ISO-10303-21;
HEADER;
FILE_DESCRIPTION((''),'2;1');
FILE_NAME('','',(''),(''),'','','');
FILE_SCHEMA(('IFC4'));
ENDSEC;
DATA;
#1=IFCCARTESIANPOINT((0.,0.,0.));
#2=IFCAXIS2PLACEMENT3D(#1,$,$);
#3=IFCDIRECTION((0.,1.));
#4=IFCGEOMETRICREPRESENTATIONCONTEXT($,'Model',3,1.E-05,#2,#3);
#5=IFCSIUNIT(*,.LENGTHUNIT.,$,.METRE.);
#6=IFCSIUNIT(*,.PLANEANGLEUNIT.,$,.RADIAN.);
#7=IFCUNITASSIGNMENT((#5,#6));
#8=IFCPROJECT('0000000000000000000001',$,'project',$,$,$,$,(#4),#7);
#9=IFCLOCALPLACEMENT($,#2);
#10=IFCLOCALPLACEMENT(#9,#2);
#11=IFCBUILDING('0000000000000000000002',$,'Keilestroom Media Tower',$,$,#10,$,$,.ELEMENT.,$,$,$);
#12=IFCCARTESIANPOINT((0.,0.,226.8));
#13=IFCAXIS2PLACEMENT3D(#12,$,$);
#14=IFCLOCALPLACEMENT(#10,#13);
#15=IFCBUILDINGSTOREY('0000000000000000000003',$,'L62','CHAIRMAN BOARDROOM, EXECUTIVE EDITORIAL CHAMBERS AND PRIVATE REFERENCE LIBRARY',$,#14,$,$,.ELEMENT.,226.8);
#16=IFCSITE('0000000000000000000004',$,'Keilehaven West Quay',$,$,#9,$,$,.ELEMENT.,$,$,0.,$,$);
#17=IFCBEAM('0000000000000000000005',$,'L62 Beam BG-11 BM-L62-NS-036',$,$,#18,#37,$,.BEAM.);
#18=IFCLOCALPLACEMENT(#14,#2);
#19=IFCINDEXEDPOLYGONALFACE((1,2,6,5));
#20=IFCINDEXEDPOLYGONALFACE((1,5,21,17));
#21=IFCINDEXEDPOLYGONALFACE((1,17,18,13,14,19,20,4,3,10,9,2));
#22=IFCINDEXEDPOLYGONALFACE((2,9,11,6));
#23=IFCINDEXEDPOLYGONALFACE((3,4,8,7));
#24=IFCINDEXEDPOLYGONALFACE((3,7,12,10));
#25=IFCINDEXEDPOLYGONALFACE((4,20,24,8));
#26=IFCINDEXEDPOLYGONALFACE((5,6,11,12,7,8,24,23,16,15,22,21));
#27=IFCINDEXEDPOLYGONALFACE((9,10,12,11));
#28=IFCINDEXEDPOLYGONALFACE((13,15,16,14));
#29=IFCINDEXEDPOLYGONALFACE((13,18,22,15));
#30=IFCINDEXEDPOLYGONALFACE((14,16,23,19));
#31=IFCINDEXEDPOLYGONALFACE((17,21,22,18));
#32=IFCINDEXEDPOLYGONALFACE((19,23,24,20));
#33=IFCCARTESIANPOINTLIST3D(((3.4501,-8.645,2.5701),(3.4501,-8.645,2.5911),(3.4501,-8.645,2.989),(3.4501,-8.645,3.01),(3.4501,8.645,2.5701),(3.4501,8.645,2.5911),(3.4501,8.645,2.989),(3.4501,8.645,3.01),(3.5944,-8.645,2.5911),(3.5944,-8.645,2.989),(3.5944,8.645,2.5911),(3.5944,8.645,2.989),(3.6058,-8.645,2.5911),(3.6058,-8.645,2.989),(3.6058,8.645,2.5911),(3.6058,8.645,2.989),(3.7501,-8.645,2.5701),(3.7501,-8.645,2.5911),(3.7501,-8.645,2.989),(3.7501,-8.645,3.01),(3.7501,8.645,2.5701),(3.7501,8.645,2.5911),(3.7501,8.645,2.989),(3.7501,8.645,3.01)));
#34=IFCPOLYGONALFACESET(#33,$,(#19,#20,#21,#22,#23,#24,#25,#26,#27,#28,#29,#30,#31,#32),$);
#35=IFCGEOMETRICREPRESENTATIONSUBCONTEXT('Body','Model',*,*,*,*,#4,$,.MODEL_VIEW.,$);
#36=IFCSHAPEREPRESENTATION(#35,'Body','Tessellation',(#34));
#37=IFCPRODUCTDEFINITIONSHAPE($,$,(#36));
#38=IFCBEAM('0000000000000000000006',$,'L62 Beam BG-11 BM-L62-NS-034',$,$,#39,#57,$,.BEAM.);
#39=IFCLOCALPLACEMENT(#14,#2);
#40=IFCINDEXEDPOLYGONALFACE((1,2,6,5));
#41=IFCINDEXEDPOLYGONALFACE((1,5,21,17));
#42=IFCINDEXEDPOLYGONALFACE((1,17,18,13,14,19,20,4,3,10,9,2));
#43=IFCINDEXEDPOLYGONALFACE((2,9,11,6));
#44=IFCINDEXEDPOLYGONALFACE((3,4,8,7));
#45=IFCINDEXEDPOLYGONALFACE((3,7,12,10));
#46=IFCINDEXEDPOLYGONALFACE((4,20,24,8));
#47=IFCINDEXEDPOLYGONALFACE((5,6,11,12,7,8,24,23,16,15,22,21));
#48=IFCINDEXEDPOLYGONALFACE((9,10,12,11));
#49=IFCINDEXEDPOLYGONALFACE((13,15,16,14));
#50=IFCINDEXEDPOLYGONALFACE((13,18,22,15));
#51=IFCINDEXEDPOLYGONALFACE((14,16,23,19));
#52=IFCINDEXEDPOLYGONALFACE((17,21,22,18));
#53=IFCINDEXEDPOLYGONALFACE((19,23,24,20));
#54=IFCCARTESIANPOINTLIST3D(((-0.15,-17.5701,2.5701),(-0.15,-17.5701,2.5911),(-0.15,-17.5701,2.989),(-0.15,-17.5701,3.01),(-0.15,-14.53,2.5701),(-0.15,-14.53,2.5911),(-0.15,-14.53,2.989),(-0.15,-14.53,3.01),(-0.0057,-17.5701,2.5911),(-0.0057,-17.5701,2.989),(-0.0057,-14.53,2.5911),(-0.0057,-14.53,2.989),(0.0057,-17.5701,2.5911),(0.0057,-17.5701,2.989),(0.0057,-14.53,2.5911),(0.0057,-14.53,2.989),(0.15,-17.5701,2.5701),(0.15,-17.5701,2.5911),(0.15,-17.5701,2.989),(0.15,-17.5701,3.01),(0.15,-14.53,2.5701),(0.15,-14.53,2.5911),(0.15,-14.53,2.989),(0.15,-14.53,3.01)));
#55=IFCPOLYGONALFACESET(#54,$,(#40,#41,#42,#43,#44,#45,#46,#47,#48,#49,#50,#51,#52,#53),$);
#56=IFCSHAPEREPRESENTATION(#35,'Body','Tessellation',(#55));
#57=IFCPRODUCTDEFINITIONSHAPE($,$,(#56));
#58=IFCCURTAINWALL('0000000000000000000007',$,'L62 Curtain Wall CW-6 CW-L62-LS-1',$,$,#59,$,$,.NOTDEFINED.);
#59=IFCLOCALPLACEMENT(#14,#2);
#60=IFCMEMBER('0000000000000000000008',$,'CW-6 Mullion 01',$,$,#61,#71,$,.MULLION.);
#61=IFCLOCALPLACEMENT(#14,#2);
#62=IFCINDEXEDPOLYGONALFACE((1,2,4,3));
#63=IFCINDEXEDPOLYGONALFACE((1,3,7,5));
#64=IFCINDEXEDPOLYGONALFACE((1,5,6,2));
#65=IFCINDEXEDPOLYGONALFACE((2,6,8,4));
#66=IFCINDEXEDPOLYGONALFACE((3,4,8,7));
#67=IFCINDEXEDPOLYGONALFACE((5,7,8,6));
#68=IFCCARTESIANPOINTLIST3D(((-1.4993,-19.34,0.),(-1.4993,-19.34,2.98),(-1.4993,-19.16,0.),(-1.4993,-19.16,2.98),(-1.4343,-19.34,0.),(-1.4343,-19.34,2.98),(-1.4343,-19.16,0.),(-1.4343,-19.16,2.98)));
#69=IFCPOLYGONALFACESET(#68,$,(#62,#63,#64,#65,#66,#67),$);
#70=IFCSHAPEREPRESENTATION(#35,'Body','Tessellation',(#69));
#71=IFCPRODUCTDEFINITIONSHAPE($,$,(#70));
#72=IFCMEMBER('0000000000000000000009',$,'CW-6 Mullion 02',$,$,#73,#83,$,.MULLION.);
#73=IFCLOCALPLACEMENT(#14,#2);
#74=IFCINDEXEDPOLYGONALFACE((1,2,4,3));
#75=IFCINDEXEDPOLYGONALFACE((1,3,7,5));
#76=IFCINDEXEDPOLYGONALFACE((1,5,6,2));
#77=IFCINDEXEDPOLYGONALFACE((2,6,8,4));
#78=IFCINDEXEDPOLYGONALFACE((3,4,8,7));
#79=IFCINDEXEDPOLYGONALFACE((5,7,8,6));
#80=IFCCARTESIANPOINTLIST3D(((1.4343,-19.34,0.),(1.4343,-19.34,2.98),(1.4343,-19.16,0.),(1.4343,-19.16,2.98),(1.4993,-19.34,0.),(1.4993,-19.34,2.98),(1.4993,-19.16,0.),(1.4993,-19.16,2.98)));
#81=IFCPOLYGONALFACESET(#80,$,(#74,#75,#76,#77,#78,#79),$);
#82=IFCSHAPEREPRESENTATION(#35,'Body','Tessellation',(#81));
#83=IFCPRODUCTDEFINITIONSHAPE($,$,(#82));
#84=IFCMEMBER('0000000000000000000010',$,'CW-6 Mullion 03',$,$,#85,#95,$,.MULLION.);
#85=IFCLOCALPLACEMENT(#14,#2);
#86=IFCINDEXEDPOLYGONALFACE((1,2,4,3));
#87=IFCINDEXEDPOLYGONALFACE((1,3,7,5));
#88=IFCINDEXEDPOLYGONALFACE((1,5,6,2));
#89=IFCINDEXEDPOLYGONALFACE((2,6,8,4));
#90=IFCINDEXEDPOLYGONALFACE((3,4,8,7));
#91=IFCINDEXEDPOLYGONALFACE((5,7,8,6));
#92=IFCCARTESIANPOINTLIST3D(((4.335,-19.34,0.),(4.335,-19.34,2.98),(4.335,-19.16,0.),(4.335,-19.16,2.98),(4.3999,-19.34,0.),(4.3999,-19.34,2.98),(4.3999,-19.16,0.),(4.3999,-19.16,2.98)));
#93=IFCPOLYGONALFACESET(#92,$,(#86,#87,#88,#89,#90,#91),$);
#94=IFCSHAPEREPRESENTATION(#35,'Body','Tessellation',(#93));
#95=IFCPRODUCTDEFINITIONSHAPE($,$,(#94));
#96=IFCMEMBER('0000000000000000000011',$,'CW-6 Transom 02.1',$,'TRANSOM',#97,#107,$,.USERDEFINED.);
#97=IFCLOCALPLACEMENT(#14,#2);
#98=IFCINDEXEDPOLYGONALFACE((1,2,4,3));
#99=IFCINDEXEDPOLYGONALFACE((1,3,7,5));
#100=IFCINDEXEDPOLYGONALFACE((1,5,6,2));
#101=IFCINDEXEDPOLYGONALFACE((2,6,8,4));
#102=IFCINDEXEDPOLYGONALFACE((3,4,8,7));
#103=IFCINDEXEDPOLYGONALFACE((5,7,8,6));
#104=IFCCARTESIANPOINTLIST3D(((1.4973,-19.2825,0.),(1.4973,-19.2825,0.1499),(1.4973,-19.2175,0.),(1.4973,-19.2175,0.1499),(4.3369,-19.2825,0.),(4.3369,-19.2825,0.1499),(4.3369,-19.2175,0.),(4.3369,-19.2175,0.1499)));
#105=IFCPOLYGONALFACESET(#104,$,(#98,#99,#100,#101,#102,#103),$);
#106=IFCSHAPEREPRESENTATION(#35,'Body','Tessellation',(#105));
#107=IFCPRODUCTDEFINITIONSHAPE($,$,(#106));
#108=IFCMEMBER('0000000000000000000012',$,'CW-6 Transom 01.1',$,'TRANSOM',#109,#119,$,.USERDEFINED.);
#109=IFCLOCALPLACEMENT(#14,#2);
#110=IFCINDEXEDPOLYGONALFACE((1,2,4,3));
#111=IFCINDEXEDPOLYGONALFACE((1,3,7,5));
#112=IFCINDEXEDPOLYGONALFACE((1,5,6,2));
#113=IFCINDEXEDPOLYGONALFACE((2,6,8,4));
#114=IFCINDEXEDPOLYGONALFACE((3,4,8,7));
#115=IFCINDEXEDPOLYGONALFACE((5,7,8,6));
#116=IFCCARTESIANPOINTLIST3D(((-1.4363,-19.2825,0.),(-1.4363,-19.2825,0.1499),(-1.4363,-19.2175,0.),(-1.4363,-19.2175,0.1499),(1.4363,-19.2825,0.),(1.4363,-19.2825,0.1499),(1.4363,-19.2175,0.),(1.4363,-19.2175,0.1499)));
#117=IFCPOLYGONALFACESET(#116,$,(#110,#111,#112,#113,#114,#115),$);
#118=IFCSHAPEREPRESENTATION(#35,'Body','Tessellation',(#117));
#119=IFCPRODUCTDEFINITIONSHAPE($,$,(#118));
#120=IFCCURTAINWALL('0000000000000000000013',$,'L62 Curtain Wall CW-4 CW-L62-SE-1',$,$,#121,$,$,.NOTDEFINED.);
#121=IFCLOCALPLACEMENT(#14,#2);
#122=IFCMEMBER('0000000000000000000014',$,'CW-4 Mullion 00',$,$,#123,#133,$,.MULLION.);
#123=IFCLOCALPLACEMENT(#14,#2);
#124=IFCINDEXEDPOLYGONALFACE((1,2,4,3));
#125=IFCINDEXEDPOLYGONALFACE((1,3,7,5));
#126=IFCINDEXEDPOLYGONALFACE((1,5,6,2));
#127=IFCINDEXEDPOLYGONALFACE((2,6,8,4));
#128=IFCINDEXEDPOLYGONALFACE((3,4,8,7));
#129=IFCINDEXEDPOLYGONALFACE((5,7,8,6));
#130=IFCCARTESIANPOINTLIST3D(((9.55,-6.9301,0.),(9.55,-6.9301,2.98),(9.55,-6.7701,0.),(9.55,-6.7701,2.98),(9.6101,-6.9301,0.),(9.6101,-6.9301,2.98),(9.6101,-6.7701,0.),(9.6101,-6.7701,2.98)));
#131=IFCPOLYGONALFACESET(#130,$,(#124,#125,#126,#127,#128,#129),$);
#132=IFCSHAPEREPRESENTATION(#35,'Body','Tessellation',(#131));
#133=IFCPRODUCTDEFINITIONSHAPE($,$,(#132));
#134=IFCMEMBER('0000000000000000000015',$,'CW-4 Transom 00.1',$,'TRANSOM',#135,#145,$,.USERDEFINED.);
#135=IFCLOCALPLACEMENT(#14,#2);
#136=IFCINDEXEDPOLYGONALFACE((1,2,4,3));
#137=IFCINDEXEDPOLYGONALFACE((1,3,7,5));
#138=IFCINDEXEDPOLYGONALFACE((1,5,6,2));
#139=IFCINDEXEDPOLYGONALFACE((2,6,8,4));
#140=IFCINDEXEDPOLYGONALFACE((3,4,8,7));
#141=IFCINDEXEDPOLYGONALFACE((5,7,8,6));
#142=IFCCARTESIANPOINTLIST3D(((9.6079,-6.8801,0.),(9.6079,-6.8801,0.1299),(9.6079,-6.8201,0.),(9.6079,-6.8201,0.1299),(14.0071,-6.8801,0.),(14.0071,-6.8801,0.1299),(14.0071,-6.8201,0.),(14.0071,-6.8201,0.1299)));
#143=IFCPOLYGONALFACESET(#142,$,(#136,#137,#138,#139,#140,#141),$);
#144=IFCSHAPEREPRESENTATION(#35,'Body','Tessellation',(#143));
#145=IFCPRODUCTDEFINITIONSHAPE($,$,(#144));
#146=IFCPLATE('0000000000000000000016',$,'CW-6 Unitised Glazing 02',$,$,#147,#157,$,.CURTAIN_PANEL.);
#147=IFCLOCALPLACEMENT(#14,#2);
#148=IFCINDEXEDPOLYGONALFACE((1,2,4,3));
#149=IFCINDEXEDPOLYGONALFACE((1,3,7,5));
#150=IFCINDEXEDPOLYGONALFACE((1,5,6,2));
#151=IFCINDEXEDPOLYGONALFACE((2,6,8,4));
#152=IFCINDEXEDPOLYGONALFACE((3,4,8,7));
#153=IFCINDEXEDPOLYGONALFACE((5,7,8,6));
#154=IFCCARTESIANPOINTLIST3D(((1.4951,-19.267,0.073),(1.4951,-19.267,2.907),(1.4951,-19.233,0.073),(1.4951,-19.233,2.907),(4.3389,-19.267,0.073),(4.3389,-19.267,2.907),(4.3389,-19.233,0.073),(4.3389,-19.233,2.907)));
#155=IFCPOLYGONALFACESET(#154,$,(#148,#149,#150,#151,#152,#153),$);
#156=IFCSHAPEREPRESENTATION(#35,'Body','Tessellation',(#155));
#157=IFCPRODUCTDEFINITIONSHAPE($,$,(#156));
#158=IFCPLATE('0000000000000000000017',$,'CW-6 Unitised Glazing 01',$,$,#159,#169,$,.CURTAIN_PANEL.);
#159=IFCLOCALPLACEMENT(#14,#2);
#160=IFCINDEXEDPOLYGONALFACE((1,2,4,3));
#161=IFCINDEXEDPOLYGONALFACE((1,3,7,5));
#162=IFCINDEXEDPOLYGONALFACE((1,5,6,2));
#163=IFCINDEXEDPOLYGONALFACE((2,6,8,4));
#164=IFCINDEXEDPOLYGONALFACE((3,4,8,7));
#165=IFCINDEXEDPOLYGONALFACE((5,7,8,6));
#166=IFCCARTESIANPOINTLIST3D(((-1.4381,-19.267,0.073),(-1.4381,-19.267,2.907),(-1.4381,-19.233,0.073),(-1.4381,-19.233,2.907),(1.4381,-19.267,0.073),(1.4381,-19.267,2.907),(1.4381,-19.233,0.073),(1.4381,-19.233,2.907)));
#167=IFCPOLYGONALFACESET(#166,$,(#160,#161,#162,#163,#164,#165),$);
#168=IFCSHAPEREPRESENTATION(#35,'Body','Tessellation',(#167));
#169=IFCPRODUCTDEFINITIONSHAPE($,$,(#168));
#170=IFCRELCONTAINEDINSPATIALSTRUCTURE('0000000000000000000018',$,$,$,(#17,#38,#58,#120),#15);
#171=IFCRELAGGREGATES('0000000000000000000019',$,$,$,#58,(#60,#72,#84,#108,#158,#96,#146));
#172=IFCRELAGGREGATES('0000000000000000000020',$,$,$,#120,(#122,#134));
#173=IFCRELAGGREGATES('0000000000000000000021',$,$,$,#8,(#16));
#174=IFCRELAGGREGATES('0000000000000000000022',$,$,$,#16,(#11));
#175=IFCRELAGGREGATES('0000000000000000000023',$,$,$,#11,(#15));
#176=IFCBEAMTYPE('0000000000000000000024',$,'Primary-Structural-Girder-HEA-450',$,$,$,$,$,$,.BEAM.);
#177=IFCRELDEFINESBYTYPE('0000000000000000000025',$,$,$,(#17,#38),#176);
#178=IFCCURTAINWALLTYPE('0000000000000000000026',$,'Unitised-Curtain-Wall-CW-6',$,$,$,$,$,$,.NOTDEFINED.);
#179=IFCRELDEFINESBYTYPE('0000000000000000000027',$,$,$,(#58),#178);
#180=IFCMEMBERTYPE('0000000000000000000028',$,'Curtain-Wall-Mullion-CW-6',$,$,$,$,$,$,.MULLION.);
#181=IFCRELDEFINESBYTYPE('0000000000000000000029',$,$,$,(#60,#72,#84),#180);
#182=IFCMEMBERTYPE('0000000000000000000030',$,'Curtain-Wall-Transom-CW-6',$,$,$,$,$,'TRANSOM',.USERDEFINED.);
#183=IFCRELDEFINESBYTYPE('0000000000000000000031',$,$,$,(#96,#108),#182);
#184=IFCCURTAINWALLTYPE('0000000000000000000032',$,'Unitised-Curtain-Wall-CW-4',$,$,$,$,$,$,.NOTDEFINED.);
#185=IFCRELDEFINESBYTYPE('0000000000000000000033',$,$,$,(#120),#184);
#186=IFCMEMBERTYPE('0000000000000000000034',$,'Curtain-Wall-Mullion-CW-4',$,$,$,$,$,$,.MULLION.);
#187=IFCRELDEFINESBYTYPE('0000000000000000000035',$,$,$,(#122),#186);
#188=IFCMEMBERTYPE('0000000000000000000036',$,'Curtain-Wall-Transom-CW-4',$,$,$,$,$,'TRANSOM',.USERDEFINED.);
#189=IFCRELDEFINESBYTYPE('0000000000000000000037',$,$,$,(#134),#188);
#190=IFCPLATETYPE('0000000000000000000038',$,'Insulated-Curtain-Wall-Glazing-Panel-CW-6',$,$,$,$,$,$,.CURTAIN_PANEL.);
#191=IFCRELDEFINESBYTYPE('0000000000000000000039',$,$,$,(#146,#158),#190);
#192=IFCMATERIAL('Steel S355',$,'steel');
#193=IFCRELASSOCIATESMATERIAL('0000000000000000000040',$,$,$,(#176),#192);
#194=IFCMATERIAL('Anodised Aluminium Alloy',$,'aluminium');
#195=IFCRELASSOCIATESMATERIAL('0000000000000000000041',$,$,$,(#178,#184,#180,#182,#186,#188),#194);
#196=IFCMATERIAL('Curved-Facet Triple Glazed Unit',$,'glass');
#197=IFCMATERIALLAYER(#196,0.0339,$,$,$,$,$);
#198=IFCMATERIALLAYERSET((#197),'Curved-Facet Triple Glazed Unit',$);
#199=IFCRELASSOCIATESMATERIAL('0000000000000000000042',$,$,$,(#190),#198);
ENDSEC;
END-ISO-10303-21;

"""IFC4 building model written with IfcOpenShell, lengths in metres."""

from ifc_helpers import new_model, si_unit, direction, frame, origin, origin_2d, place, context, subcontext, project, spatial, rectangle, i_section, extrude, source, transform, mapped, material, layer, layer_set, material_profile, profile_set, type_object, element, aggregate, save


model = new_model("IFC4")

# Units and contexts
model_context = context("Model", 3, precision=1e-05, world=origin(), true_north=direction((0.0, 1.0)))
body_context = subcontext(model_context, "Body", "Model", "MODEL_VIEW")
ifc_project = project(units=[si_unit("LENGTHUNIT", "METRE"), si_unit("PLANEANGLEUNIT", "RADIAN")], contexts=[model_context])

# Site, building, storey
site_placement = place(None, origin())
site = spatial("IfcSite", under=ifc_project, at=site_placement, Name="Keilehaven West Quay", CompositionType="ELEMENT", RefElevation=0.0)
building_placement = place(site_placement, origin())
building = spatial("IfcBuilding", under=site, at=building_placement, Name="Keilestroom Media Tower", CompositionType="ELEMENT")
storey_placement = place(building_placement, frame((0.0, 0.0, 226.8)))
storey = spatial("IfcBuildingStorey", under=building, at=storey_placement, Name="L62", Description="CHAIRMAN BOARDROOM, EXECUTIVE EDITORIAL CHAMBERS AND PRIVATE REFERENCE LIBRARY", CompositionType="ELEMENT", Elevation=226.8)

# Shared definitions
ifc_material_1 = material(Name="Steel S355", Category="steel")

# Beams
ifc_material_profile_1 = material_profile(ifc_material_1, i_section(OverallWidth=0.3, OverallDepth=0.4399, WebThickness=0.0115, FlangeThickness=0.021, at=origin_2d()), Name="HEA 450")
ifc_profile_set_1 = profile_set([ifc_material_profile_1], Name="Steel S355")
beam_type_1 = type_object("IfcBeamType", Name="Primary-Structural-Girder-HEA-450", PredefinedType="BEAM", material=ifc_profile_set_1)
shared_shape_1 = source(origin(), body_context, "Body", "SweptSolid", [
    extrude(i_section(OverallWidth=0.3, OverallDepth=0.4399, WebThickness=0.0115, FlangeThickness=0.021, at=origin_2d()), origin(), (0.0, 0.0, 1.0), 17.29),
])
beam_1_placement = place(storey_placement, frame((3.6001, -8.645, 2.79), z_axis=(0.0, 1.0, 0.0), x_axis=(-1.0, 0.0, 0.0)))
element("IfcBeam", 1, at=beam_1_placement, inside=storey, type_object=beam_type_1, Name="L62 Beam BG-11 BM-L62-NS-036", PredefinedType="BEAM", context=body_context, shape_type="MappedRepresentation", body=[
    mapped(shared_shape_1, transform((0.0, 0.0, 0.0), x_axis=(1.0, 0.0, 0.0), y_axis=(0.0, 1.0, 0.0), z_axis=(0.0, 0.0, 1.0), scale=1.0)),
])
shared_shape_2 = source(origin(), body_context, "Body", "SweptSolid", [
    extrude(i_section(OverallWidth=0.3, OverallDepth=0.4399, WebThickness=0.0115, FlangeThickness=0.021, at=origin_2d()), origin(), (0.0, 0.0, 1.0), 3.04),
])
beam_2_placement = place(storey_placement, frame((0.0, -17.5701, 2.79), z_axis=(0.0, 1.0, 0.0), x_axis=(-1.0, 0.0, 0.0)))
element("IfcBeam", 2, at=beam_2_placement, inside=storey, type_object=beam_type_1, Name="L62 Beam BG-11 BM-L62-NS-034", PredefinedType="BEAM", context=body_context, shape_type="MappedRepresentation", body=[
    mapped(shared_shape_2, transform((0.0, 0.0, 0.0), x_axis=(1.0, 0.0, 0.0), y_axis=(0.0, 1.0, 0.0), z_axis=(0.0, 0.0, 1.0), scale=1.0)),
])

# Curtain walls, members
ifc_material_2 = material(Name="Anodised Aluminium Alloy", Category="aluminium")
curtain_wall_type_1 = type_object("IfcCurtainWallType", Name="Unitised-Curtain-Wall-CW-6", PredefinedType="NOTDEFINED", material=ifc_material_2)
curtain_wall_1_placement = place(storey_placement, origin())
curtain_wall_1 = element("IfcCurtainWall", 3, at=curtain_wall_1_placement, inside=storey, type_object=curtain_wall_type_1, Name="L62 Curtain Wall CW-6 CW-L62-LS-1", PredefinedType="NOTDEFINED")
ifc_material_profile_2 = material_profile(ifc_material_2, rectangle(XDim=0.0649, YDim=0.1799, at=origin_2d()), Name="ALU MULLION 65x180")
ifc_profile_set_2 = profile_set([ifc_material_profile_2], Name="Anodised Aluminium Alloy")
member_type_1 = type_object("IfcMemberType", Name="Curtain-Wall-Mullion-CW-6", PredefinedType="MULLION", material=ifc_profile_set_2)
shared_shape_3 = source(origin(), body_context, "Body", "SweptSolid", [
    extrude(rectangle(XDim=0.0649, YDim=0.1799, at=origin_2d()), origin(), (0.0, 0.0, 1.0), 2.98),
])
member_1_placement = place(storey_placement, frame((-1.4668, -19.25, 0.0), z_axis=(0.0, 0.0, 1.0), x_axis=(1.0, 0.0, 0.0)))
member_1 = element("IfcMember", 4, at=member_1_placement, type_object=member_type_1, Name="CW-6 Mullion 01", PredefinedType="MULLION", context=body_context, shape_type="MappedRepresentation", body=[
    mapped(shared_shape_3, transform((0.0, 0.0, 0.0), x_axis=(1.0, 0.0, 0.0), y_axis=(0.0, 1.0, 0.0), z_axis=(0.0, 0.0, 1.0), scale=1.0)),
])
member_2_placement = place(storey_placement, frame((1.4668, -19.25, 0.0), z_axis=(0.0, 0.0, 1.0), x_axis=(1.0, 0.0, 0.0)))
member_2 = element("IfcMember", 5, at=member_2_placement, type_object=member_type_1, Name="CW-6 Mullion 02", PredefinedType="MULLION", context=body_context, shape_type="MappedRepresentation", body=[
    mapped(shared_shape_3, transform((0.0, 0.0, 0.0), x_axis=(1.0, 0.0, 0.0), y_axis=(0.0, 1.0, 0.0), z_axis=(0.0, 0.0, 1.0), scale=1.0)),
])
member_3_placement = place(storey_placement, frame((4.3674, -19.25, 0.0), z_axis=(0.0, 0.0, 1.0), x_axis=(1.0, 0.0, 0.0)))
member_3 = element("IfcMember", 6, at=member_3_placement, type_object=member_type_1, Name="CW-6 Mullion 03", PredefinedType="MULLION", context=body_context, shape_type="MappedRepresentation", body=[
    mapped(shared_shape_3, transform((0.0, 0.0, 0.0), x_axis=(1.0, 0.0, 0.0), y_axis=(0.0, 1.0, 0.0), z_axis=(0.0, 0.0, 1.0), scale=1.0)),
])
ifc_material_profile_3 = material_profile(ifc_material_2, rectangle(XDim=0.0649, YDim=0.1499, at=origin_2d()), Name="ALU TRANSOM 65x150")
ifc_profile_set_3 = profile_set([ifc_material_profile_3], Name="Anodised Aluminium Alloy")
member_type_2 = type_object("IfcMemberType", Name="Curtain-Wall-Transom-CW-6", ElementType="TRANSOM", PredefinedType="USERDEFINED", material=ifc_profile_set_3)
shared_shape_4 = source(origin(), body_context, "Body", "SweptSolid", [
    extrude(rectangle(XDim=0.0649, YDim=0.1499, at=origin_2d()), origin(), (0.0, 0.0, 1.0), 2.8396),
])
member_4_placement = place(storey_placement, frame((1.4973, -19.25, 0.075), z_axis=(1.0, 0.0, 0.0), x_axis=(0.0, 1.0, 0.0)))
member_4 = element("IfcMember", 7, at=member_4_placement, type_object=member_type_2, Name="CW-6 Transom 02.1", ObjectType="TRANSOM", PredefinedType="USERDEFINED", context=body_context, shape_type="MappedRepresentation", body=[
    mapped(shared_shape_4, transform((0.0, 0.0, 0.0), x_axis=(1.0, 0.0, 0.0), y_axis=(0.0, 1.0, 0.0), z_axis=(0.0, 0.0, 1.0), scale=1.0)),
])
shared_shape_5 = source(origin(), body_context, "Body", "SweptSolid", [
    extrude(rectangle(XDim=0.0649, YDim=0.1499, at=origin_2d()), origin(), (0.0, 0.0, 1.0), 2.8726),
])
member_5_placement = place(storey_placement, frame((-1.4363, -19.25, 0.075), z_axis=(1.0, 0.0, 0.0), x_axis=(0.0, 1.0, 0.0)))
member_5 = element("IfcMember", 8, at=member_5_placement, type_object=member_type_2, Name="CW-6 Transom 01.1", ObjectType="TRANSOM", PredefinedType="USERDEFINED", context=body_context, shape_type="MappedRepresentation", body=[
    mapped(shared_shape_5, transform((0.0, 0.0, 0.0), x_axis=(1.0, 0.0, 0.0), y_axis=(0.0, 1.0, 0.0), z_axis=(0.0, 0.0, 1.0), scale=1.0)),
])
curtain_wall_type_2 = type_object("IfcCurtainWallType", Name="Unitised-Curtain-Wall-CW-4", PredefinedType="NOTDEFINED", material=ifc_material_2)
curtain_wall_2_placement = place(storey_placement, origin())
curtain_wall_2 = element("IfcCurtainWall", 9, at=curtain_wall_2_placement, inside=storey, type_object=curtain_wall_type_2, Name="L62 Curtain Wall CW-4 CW-L62-SE-1", PredefinedType="NOTDEFINED")
ifc_material_profile_4 = material_profile(ifc_material_2, rectangle(XDim=0.0601, YDim=0.1599, at=origin_2d()), Name="ALU MULLION 60x160")
ifc_profile_set_4 = profile_set([ifc_material_profile_4], Name="Anodised Aluminium Alloy")
member_type_3 = type_object("IfcMemberType", Name="Curtain-Wall-Mullion-CW-4", PredefinedType="MULLION", material=ifc_profile_set_4)
shared_shape_6 = source(origin(), body_context, "Body", "SweptSolid", [
    extrude(rectangle(XDim=0.0601, YDim=0.1599, at=origin_2d()), origin(), (0.0, 0.0, 1.0), 2.98),
])
member_6_placement = place(storey_placement, frame((9.5801, -6.8501, 0.0), z_axis=(0.0, 0.0, 1.0), x_axis=(1.0, 0.0, 0.0)))
member_6 = element("IfcMember", 10, at=member_6_placement, type_object=member_type_3, Name="CW-4 Mullion 00", PredefinedType="MULLION", context=body_context, shape_type="MappedRepresentation", body=[
    mapped(shared_shape_6, transform((0.0, 0.0, 0.0), x_axis=(1.0, 0.0, 0.0), y_axis=(0.0, 1.0, 0.0), z_axis=(0.0, 0.0, 1.0), scale=1.0)),
])
ifc_material_profile_5 = material_profile(ifc_material_2, rectangle(XDim=0.0601, YDim=0.1299, at=origin_2d()), Name="ALU TRANSOM 60x130")
ifc_profile_set_5 = profile_set([ifc_material_profile_5], Name="Anodised Aluminium Alloy")
member_type_4 = type_object("IfcMemberType", Name="Curtain-Wall-Transom-CW-4", ElementType="TRANSOM", PredefinedType="USERDEFINED", material=ifc_profile_set_5)
shared_shape_7 = source(origin(), body_context, "Body", "SweptSolid", [
    extrude(rectangle(XDim=0.0601, YDim=0.1299, at=origin_2d()), origin(), (0.0, 0.0, 1.0), 4.3992),
])
member_7_placement = place(storey_placement, frame((9.6079, -6.8501, 0.0649), z_axis=(1.0, 0.0, 0.0), x_axis=(0.0, 1.0, 0.0)))
member_7 = element("IfcMember", 11, at=member_7_placement, type_object=member_type_4, Name="CW-4 Transom 00.1", ObjectType="TRANSOM", PredefinedType="USERDEFINED", context=body_context, shape_type="MappedRepresentation", body=[
    mapped(shared_shape_7, transform((0.0, 0.0, 0.0), x_axis=(1.0, 0.0, 0.0), y_axis=(0.0, 1.0, 0.0), z_axis=(0.0, 0.0, 1.0), scale=1.0)),
])

# Plates
ifc_material_3 = material(Name="Curved-Facet Triple Glazed Unit", Category="glass")
ifc_layer_1 = layer(ifc_material_3, 0.0339)
ifc_layer_set_1 = layer_set([ifc_layer_1], Name="Curved-Facet Triple Glazed Unit")
plate_type_1 = type_object("IfcPlateType", Name="Insulated-Curtain-Wall-Glazing-Panel-CW-6", PredefinedType="CURTAIN_PANEL", material=ifc_layer_set_1)
shared_shape_8 = source(origin(), body_context, "Body", "SweptSolid", [
    extrude(rectangle(XDim=2.8438, YDim=0.0339, at=origin_2d()), origin(), (0.0, 0.0, 1.0), 2.834),
])
plate_1_placement = place(storey_placement, frame((2.917, -19.25, 0.073), z_axis=(0.0, 0.0, 1.0), x_axis=(1.0, 0.0, 0.0)))
plate_1 = element("IfcPlate", 12, at=plate_1_placement, type_object=plate_type_1, Name="CW-6 Unitised Glazing 02", PredefinedType="CURTAIN_PANEL", context=body_context, shape_type="MappedRepresentation", body=[
    mapped(shared_shape_8, transform((0.0, 0.0, 0.0), x_axis=(1.0, 0.0, 0.0), y_axis=(0.0, 1.0, 0.0), z_axis=(0.0, 0.0, 1.0), scale=1.0)),
])
shared_shape_9 = source(origin(), body_context, "Body", "SweptSolid", [
    extrude(rectangle(XDim=2.8762, YDim=0.0339, at=origin_2d()), origin(), (0.0, 0.0, 1.0), 2.834),
])
plate_2_placement = place(storey_placement, frame((0.0, -19.25, 0.073), z_axis=(0.0, 0.0, 1.0), x_axis=(1.0, 0.0, 0.0)))
plate_2 = element("IfcPlate", 13, at=plate_2_placement, type_object=plate_type_1, Name="CW-6 Unitised Glazing 01", PredefinedType="CURTAIN_PANEL", context=body_context, shape_type="MappedRepresentation", body=[
    mapped(shared_shape_9, transform((0.0, 0.0, 0.0), x_axis=(1.0, 0.0, 0.0), y_axis=(0.0, 1.0, 0.0), z_axis=(0.0, 0.0, 1.0), scale=1.0)),
])
aggregate(curtain_wall_1, [member_1, member_2, member_3, member_5, plate_2, member_4, plate_1])
aggregate(curtain_wall_2, [member_6, member_7])

save(model, "model.ifc")
